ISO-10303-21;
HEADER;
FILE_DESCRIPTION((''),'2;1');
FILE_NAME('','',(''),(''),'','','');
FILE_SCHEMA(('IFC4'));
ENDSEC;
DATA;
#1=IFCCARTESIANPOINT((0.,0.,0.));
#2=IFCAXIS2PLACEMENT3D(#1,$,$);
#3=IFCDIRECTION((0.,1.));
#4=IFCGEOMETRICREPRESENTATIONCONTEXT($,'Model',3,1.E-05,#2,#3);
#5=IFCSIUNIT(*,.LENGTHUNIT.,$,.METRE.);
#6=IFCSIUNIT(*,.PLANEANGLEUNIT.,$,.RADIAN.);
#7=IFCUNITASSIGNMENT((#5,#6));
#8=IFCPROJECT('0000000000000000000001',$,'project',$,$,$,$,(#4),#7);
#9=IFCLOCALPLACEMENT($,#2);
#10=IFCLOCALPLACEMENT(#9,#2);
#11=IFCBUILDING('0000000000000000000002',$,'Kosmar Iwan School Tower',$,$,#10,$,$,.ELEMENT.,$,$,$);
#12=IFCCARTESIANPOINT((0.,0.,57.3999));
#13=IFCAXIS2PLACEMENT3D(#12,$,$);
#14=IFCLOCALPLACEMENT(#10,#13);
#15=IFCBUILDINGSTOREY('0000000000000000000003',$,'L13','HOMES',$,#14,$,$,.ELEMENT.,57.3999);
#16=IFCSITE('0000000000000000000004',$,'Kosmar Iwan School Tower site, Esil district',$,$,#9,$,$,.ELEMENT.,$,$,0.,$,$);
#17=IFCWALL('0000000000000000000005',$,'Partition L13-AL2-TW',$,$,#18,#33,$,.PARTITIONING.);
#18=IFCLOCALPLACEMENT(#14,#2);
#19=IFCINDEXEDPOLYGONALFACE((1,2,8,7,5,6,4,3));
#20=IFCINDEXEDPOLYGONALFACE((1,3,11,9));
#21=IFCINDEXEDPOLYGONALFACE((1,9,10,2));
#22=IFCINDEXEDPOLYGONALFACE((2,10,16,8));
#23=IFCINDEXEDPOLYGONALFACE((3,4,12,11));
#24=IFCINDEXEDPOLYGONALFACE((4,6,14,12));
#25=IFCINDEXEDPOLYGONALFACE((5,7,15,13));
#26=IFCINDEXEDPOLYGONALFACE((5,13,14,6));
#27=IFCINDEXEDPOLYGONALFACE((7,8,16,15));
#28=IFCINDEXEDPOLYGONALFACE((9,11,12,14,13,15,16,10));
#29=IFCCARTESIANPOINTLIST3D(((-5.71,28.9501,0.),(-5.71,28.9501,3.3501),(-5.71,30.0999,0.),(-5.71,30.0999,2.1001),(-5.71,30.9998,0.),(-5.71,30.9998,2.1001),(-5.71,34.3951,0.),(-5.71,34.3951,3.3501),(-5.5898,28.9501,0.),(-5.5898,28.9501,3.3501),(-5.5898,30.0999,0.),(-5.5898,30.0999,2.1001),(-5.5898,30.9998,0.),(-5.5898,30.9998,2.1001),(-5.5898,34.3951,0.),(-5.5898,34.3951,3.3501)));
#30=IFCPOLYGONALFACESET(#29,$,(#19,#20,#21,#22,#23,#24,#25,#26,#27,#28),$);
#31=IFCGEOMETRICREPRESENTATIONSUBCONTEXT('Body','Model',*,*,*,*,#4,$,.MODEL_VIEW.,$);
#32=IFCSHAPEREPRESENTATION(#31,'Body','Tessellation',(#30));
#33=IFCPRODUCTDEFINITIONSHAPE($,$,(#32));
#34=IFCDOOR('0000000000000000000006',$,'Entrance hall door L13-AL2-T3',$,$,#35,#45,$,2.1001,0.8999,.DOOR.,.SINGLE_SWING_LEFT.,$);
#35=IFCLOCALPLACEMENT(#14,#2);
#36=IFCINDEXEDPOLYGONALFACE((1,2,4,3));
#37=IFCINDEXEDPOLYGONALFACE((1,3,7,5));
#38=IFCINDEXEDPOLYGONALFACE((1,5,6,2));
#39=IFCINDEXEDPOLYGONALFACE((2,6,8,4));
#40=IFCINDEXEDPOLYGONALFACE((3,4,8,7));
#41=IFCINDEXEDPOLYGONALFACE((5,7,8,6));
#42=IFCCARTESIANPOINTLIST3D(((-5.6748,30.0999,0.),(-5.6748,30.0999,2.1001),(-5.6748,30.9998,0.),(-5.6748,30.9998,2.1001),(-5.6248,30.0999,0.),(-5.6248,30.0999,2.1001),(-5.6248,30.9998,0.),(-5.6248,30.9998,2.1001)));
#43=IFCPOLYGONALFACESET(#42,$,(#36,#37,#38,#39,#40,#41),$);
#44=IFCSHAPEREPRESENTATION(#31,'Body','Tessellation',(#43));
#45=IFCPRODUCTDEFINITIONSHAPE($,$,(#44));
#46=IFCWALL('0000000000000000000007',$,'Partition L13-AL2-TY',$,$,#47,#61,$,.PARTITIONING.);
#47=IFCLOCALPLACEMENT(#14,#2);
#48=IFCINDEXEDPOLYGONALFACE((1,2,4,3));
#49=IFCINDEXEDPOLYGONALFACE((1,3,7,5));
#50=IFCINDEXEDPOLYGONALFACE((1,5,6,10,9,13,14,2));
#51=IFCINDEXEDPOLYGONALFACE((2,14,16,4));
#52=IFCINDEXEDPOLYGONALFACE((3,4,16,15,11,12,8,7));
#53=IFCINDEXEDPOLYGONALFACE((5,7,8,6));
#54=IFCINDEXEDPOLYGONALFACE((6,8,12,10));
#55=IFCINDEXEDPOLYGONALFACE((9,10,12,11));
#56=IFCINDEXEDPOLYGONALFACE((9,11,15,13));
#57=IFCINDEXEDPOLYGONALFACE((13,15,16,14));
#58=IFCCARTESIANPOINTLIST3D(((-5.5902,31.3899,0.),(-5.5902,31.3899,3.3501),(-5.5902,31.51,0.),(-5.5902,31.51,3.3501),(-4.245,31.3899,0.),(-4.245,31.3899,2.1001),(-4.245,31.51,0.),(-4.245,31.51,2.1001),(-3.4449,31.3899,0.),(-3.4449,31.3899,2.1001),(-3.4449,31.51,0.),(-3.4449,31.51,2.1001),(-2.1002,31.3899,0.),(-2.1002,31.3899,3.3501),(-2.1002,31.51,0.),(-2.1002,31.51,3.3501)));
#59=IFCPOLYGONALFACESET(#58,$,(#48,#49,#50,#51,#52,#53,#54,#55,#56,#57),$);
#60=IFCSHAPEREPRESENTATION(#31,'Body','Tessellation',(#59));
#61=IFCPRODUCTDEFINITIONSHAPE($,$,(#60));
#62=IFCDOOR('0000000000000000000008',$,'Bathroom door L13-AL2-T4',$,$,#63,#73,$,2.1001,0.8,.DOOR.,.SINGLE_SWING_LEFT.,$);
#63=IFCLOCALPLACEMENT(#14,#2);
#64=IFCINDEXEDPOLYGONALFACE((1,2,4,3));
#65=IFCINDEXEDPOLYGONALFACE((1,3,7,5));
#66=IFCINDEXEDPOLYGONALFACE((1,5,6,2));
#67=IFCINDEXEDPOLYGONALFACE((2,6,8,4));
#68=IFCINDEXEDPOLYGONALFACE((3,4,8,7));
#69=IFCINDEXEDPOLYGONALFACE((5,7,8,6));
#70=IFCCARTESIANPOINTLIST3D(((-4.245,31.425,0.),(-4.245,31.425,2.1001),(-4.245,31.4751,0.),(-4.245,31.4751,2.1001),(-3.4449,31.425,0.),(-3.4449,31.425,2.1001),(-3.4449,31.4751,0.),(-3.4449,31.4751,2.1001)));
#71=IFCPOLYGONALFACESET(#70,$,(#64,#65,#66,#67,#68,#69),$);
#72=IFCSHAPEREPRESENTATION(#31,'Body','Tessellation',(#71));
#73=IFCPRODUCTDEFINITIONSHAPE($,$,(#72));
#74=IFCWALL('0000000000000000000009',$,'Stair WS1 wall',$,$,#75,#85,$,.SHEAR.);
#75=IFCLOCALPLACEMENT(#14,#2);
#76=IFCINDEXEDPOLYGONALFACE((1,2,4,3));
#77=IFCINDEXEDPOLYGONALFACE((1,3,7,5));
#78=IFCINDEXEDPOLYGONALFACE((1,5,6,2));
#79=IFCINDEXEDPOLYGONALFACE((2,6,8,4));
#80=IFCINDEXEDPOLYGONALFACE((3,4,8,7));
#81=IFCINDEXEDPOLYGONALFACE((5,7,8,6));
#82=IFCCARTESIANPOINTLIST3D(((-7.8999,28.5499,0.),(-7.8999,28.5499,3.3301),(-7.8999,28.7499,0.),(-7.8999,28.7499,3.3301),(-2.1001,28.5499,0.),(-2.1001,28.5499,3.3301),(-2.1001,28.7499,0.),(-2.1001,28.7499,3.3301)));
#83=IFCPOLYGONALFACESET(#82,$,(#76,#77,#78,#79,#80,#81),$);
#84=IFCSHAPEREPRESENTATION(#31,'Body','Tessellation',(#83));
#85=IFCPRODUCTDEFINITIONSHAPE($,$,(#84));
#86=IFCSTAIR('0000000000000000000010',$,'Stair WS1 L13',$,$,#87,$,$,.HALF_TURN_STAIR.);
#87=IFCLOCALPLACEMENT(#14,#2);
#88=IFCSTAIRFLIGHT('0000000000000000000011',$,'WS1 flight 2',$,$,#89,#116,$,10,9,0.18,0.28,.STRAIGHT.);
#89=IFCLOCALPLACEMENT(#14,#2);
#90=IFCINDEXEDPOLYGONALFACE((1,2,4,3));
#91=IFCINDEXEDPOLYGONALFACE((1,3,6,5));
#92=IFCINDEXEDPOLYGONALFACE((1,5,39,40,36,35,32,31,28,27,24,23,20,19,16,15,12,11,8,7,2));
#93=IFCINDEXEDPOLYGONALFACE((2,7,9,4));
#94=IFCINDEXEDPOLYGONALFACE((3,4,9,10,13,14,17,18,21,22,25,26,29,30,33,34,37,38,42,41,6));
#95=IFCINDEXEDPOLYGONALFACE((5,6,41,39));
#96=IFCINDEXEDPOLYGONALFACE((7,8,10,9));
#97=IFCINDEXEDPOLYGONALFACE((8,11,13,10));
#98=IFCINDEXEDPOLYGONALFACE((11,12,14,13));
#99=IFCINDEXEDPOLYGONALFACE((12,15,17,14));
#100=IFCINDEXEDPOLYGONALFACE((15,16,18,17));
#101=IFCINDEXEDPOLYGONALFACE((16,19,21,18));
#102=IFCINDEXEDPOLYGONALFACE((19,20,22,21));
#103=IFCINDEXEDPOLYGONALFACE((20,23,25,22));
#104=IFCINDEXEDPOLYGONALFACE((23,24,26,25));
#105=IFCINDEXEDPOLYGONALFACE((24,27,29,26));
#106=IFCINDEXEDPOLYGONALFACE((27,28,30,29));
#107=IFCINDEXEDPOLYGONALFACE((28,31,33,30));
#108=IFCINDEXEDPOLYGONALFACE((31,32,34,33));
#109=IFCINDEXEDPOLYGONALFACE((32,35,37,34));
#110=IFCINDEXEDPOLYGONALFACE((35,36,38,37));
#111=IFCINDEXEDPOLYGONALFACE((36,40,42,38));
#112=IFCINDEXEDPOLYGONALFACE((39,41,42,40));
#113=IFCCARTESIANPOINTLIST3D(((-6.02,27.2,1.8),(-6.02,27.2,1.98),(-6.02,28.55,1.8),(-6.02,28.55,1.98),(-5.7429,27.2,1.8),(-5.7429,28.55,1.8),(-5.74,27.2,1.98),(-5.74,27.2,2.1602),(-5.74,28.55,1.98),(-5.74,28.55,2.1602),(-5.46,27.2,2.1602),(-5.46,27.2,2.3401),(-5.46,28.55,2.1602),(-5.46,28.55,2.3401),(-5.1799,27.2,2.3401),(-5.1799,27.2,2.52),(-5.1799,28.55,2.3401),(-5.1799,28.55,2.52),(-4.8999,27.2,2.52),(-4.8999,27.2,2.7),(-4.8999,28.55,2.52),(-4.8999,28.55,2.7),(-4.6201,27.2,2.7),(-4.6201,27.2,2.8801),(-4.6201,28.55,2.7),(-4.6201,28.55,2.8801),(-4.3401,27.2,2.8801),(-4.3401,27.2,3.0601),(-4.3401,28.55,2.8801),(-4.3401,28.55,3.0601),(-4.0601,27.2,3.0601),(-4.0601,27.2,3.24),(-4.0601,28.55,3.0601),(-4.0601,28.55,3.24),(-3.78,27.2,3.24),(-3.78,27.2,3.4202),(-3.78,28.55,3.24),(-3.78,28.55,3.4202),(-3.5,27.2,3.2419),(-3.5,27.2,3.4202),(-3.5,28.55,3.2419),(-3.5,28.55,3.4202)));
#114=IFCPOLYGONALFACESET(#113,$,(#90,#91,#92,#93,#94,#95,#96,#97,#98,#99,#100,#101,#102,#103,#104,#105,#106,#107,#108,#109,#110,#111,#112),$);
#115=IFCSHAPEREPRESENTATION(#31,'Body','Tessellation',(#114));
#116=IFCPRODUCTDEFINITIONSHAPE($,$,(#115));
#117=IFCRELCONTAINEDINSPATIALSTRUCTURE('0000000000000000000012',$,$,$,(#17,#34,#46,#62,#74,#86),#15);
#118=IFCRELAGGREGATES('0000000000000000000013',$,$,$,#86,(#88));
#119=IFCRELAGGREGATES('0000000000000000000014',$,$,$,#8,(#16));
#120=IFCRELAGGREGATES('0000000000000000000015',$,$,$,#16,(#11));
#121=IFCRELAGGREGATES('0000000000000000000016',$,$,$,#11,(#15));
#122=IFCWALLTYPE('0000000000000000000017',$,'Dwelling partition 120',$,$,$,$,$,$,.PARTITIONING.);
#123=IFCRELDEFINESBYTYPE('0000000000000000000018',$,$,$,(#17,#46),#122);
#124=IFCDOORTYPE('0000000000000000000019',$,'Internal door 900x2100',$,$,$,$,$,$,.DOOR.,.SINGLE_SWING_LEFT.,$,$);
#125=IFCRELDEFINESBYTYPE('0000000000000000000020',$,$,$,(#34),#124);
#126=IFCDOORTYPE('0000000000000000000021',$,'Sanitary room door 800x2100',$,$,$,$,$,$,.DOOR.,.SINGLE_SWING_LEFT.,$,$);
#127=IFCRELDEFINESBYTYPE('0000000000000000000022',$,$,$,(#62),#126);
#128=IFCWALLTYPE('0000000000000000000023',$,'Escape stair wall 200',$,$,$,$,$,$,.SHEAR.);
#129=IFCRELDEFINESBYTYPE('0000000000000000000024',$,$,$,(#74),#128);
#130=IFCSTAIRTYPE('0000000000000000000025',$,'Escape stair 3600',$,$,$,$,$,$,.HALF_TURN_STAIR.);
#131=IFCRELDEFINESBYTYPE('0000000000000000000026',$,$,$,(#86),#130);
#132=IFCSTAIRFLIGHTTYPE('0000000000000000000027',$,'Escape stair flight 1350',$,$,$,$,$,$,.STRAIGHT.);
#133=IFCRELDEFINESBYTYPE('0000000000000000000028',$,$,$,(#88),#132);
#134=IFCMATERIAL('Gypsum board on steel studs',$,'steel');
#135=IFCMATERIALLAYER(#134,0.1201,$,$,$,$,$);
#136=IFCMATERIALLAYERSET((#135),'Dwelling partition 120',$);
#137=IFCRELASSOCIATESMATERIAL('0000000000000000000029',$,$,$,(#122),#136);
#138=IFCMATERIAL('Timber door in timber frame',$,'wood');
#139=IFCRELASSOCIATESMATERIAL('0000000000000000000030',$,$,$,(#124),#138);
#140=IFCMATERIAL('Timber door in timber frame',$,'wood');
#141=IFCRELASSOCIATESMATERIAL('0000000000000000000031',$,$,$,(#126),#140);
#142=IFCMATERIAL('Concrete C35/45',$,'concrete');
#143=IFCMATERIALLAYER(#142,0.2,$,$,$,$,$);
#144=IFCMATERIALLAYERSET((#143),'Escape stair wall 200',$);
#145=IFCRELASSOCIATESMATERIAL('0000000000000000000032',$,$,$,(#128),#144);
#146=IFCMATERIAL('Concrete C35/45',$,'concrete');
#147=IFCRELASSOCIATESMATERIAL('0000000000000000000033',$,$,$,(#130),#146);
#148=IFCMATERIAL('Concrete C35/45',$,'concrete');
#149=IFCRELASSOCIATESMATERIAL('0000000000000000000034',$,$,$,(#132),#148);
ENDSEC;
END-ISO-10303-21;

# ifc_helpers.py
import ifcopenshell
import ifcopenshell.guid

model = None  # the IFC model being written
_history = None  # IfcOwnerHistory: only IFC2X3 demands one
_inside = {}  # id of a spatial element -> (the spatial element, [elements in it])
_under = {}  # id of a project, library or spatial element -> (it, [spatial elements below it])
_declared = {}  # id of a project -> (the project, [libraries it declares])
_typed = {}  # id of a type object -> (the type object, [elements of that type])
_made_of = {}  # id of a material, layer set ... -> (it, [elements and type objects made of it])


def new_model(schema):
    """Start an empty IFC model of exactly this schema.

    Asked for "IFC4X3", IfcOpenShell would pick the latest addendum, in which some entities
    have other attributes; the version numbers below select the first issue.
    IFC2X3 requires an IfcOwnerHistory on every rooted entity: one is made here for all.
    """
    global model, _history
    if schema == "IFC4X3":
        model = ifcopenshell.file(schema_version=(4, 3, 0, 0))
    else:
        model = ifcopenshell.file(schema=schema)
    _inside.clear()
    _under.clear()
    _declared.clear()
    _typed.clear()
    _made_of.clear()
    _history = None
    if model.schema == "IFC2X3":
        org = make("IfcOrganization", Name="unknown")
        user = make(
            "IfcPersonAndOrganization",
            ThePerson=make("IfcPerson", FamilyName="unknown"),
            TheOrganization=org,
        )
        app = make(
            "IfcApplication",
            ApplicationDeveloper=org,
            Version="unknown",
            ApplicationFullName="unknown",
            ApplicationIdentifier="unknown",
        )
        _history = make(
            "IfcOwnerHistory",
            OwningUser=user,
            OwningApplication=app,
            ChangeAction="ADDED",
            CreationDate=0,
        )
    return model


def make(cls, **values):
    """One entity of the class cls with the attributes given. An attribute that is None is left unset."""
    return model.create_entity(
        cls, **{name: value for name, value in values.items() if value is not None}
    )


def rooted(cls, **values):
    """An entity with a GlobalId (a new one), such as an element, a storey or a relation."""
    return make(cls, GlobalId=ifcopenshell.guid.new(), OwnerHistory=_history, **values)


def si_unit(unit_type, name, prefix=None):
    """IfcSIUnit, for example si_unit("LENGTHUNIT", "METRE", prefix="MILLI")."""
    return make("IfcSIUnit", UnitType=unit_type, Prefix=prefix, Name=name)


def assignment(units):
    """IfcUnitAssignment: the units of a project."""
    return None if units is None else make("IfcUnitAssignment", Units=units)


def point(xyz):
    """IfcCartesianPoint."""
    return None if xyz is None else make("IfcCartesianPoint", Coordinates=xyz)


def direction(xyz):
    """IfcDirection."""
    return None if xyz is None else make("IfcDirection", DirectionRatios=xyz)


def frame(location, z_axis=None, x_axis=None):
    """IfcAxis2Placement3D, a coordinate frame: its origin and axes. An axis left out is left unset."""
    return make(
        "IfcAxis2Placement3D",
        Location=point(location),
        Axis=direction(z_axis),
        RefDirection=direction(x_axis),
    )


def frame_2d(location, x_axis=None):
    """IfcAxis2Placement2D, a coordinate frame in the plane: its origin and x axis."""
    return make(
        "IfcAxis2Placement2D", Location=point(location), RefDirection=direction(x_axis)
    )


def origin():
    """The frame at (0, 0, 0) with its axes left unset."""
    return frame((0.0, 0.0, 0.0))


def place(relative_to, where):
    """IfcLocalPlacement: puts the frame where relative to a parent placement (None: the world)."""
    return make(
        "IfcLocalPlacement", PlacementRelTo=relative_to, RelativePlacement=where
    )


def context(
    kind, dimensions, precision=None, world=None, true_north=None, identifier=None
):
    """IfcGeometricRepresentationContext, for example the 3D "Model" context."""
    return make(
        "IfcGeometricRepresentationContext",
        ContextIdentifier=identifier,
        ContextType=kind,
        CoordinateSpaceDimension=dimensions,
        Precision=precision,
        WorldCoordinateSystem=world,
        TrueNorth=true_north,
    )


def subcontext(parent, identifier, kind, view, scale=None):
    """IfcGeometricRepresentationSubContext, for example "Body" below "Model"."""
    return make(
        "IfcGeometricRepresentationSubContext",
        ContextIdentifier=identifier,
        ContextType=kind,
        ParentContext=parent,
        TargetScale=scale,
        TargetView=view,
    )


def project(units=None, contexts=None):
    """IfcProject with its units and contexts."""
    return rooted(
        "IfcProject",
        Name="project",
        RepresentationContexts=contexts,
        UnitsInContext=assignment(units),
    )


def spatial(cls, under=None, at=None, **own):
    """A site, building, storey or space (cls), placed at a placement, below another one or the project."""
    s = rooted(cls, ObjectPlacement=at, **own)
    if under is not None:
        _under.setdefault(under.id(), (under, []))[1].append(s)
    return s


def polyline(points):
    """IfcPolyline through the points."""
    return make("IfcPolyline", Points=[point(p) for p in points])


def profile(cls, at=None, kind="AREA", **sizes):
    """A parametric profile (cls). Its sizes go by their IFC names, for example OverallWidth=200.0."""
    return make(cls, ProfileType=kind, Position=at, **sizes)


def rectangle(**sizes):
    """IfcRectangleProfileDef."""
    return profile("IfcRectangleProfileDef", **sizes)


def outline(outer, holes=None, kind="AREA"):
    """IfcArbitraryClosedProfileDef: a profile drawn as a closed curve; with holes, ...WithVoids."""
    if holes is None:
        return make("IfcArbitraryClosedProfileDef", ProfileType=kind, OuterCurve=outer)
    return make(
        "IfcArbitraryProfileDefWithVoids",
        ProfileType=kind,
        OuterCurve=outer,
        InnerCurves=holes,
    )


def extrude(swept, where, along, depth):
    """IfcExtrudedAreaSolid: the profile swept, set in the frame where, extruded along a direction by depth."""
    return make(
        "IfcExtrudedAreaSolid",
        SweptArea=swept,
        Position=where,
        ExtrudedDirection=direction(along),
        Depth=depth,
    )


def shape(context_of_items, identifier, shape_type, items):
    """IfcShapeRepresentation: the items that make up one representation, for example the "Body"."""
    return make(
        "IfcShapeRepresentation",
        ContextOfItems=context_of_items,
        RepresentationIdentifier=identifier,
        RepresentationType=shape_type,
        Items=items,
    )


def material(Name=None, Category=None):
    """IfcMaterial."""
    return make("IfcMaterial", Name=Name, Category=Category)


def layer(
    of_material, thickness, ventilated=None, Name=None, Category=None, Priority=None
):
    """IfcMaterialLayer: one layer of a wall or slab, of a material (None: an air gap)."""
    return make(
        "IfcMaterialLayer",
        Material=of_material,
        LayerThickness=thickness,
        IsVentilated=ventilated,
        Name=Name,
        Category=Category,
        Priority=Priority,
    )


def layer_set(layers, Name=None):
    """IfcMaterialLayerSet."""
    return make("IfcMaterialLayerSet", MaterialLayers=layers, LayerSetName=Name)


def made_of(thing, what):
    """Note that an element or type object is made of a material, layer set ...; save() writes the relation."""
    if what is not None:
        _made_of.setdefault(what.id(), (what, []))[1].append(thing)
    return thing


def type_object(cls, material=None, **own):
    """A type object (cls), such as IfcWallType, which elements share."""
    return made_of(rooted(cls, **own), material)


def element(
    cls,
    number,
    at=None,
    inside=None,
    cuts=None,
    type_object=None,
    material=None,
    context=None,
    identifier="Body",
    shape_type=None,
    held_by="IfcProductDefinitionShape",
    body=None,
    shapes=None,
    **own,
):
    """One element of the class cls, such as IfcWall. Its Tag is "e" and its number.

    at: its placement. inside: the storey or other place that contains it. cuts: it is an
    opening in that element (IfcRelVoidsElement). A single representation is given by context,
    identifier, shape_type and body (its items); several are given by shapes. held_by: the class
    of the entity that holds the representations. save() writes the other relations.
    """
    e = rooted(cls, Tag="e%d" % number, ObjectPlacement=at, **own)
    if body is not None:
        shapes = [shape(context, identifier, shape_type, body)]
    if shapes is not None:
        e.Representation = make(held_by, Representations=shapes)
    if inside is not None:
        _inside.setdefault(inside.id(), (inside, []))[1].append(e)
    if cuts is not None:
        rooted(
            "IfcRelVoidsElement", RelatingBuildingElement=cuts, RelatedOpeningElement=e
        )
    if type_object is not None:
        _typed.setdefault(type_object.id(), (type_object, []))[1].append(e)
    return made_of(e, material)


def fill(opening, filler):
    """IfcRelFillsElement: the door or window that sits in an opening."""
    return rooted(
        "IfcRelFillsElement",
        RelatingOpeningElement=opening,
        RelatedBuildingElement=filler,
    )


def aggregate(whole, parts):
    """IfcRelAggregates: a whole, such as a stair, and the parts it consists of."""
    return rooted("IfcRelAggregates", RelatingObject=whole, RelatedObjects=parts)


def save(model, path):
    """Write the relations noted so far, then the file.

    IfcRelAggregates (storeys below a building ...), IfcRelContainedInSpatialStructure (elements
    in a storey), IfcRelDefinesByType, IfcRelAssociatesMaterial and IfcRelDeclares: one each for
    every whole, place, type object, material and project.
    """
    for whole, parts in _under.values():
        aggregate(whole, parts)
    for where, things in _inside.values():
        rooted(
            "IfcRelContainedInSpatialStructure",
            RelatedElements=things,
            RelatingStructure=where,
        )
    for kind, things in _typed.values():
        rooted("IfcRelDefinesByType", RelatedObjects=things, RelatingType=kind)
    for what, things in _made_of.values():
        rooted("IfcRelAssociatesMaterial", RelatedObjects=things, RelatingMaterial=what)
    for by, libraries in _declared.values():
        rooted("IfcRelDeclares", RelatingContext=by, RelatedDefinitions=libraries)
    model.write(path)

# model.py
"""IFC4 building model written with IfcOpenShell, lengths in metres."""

from ifc_helpers import new_model, si_unit, direction, frame, frame_2d, origin, place, context, subcontext, project, spatial, polyline, rectangle, outline, extrude, material, layer, layer_set, type_object, element, fill, aggregate, save


model = new_model("IFC4")

# Units and contexts
model_context = context("Model", 3, precision=1e-05, world=origin(), true_north=direction((0.0, 1.0)))
body_context = subcontext(model_context, "Body", "Model", "MODEL_VIEW")
ifc_project = project(units=[si_unit("LENGTHUNIT", "METRE"), si_unit("PLANEANGLEUNIT", "RADIAN")], contexts=[model_context])

# Site, building, storey
site_placement = place(None, origin())
site = spatial("IfcSite", under=ifc_project, at=site_placement, Name="Kosmar Iwan School Tower site, Esil district", CompositionType="ELEMENT", RefElevation=0.0)
building_placement = place(site_placement, origin())
building = spatial("IfcBuilding", under=site, at=building_placement, Name="Kosmar Iwan School Tower", CompositionType="ELEMENT")
storey_placement = place(building_placement, frame((0.0, 0.0, 57.3999)))
storey = spatial("IfcBuildingStorey", under=building, at=storey_placement, Name="L13", Description="HOMES", CompositionType="ELEMENT", Elevation=57.3999)

# Walls, openings, doors
ifc_material_1 = material(Name="Gypsum board on steel studs", Category="steel")
ifc_layer_1 = layer(ifc_material_1, 0.1201)
ifc_layer_set_1 = layer_set([ifc_layer_1], Name="Dwelling partition 120")
wall_type_1 = type_object("IfcWallType", Name="Dwelling partition 120", PredefinedType="PARTITIONING", material=ifc_layer_set_1)
ifc_material_2 = material(Name="Timber door in timber frame", Category="wood")
door_type_1 = type_object("IfcDoorType", Name="Internal door 900x2100", OperationType="SINGLE_SWING_LEFT", PredefinedType="DOOR", material=ifc_material_2)
wall_1_placement = place(storey_placement, frame((-5.6499, 28.95, 0.0), z_axis=(0.0, 0.0, 1.0), x_axis=(0.0, 1.0, 0.0)))
wall_1 = element("IfcWall", 1, at=wall_1_placement, inside=storey, type_object=wall_type_1, Name="Partition L13-AL2-TW", PredefinedType="PARTITIONING", context=body_context, shape_type="SweptSolid", body=[
    extrude(rectangle(XDim=5.4451, YDim=0.1201, at=frame_2d((2.7227, 0.0))), origin(), (0.0, 0.0, 1.0), 3.3501),
])
opening_1_placement = place(wall_1_placement, frame((1.1499, 0.0, 0.0)))
opening_1 = element("IfcOpeningElement", 2, at=opening_1_placement, cuts=wall_1, PredefinedType="OPENING", context=body_context, shape_type="SweptSolid", body=[
    extrude(rectangle(XDim=0.8999, YDim=2.1001, at=frame_2d((0.45, 1.05))), frame((0.0, 0.072, 0.0), z_axis=(0.0, -1.0, 0.0), x_axis=(1.0, 0.0, 0.0)), (0.0, 0.0, 1.0), 0.144),
])
door_1_placement = place(opening_1_placement, origin())
door_1 = element("IfcDoor", 3, at=door_1_placement, inside=storey, type_object=door_type_1, Name="Entrance hall door L13-AL2-T3", OperationType="SINGLE_SWING_LEFT", OverallHeight=2.1001, OverallWidth=0.8999, PredefinedType="DOOR", context=body_context, shape_type="SweptSolid", body=[
    extrude(rectangle(XDim=0.8999, YDim=2.1001, at=frame_2d((0.45, 1.05))), frame((0.0, 0.0249, 0.0), z_axis=(0.0, -1.0, 0.0), x_axis=(1.0, 0.0, 0.0)), (0.0, 0.0, 1.0), 0.05),
])
fill(opening_1, door_1)
wall_2_placement = place(storey_placement, frame((-2.1001, 31.45, 0.0), z_axis=(0.0, 0.0, 1.0), x_axis=(-1.0, 0.0, 0.0)))
wall_2 = element("IfcWall", 4, at=wall_2_placement, inside=storey, type_object=wall_type_1, Name="Partition L13-AL2-TY", PredefinedType="PARTITIONING", context=body_context, shape_type="SweptSolid", body=[
    extrude(rectangle(XDim=3.49, YDim=0.1201, at=frame_2d((1.7451, 0.0))), origin(), (0.0, 0.0, 1.0), 3.3501),
])
opening_2_placement = place(wall_2_placement, frame((1.345, 0.0, 0.0)))
opening_2 = element("IfcOpeningElement", 5, at=opening_2_placement, cuts=wall_2, PredefinedType="OPENING", context=body_context, shape_type="SweptSolid", body=[
    extrude(rectangle(XDim=0.8, YDim=2.1001, at=frame_2d((0.3999, 1.05))), frame((0.0, 0.072, 0.0), z_axis=(0.0, -1.0, 0.0), x_axis=(1.0, 0.0, 0.0)), (0.0, 0.0, 1.0), 0.144),
])
ifc_material_3 = material(Name="Timber door in timber frame", Category="wood")
door_type_2 = type_object("IfcDoorType", Name="Sanitary room door 800x2100", OperationType="SINGLE_SWING_LEFT", PredefinedType="DOOR", material=ifc_material_3)
door_2_placement = place(opening_2_placement, origin())
door_2 = element("IfcDoor", 6, at=door_2_placement, inside=storey, type_object=door_type_2, Name="Bathroom door L13-AL2-T4", OperationType="SINGLE_SWING_LEFT", OverallHeight=2.1001, OverallWidth=0.8, PredefinedType="DOOR", context=body_context, shape_type="SweptSolid", body=[
    extrude(rectangle(XDim=0.8, YDim=2.1001, at=frame_2d((0.3999, 1.05))), frame((0.0, 0.0249, 0.0), z_axis=(0.0, -1.0, 0.0), x_axis=(1.0, 0.0, 0.0)), (0.0, 0.0, 1.0), 0.05),
])
fill(opening_2, door_2)

# Wall
ifc_material_4 = material(Name="Concrete C35/45", Category="concrete")
ifc_layer_2 = layer(ifc_material_4, 0.2)
ifc_layer_set_2 = layer_set([ifc_layer_2], Name="Escape stair wall 200")
wall_type_2 = type_object("IfcWallType", Name="Escape stair wall 200", PredefinedType="SHEAR", material=ifc_layer_set_2)
wall_3_placement = place(storey_placement, frame((-2.1001, 28.6499, 0.0), z_axis=(0.0, 0.0, 1.0), x_axis=(-1.0, 0.0, 0.0)))
element("IfcWall", 7, at=wall_3_placement, inside=storey, type_object=wall_type_2, Name="Stair WS1 wall", PredefinedType="SHEAR", context=body_context, shape_type="SweptSolid", body=[
    extrude(rectangle(XDim=5.7998, YDim=0.2, at=frame_2d((2.8999, 0.0))), origin(), (0.0, 0.0, 1.0), 3.3301),
])

# Stair, stair flight
ifc_material_5 = material(Name="Concrete C35/45", Category="concrete")
stair_type = type_object("IfcStairType", Name="Escape stair 3600", PredefinedType="HALF_TURN_STAIR", material=ifc_material_5)
stair_placement = place(storey_placement, origin())
stair = element("IfcStair", 8, at=stair_placement, inside=storey, type_object=stair_type, Name="Stair WS1 L13", PredefinedType="HALF_TURN_STAIR")
ifc_material_6 = material(Name="Concrete C35/45", Category="concrete")
stair_flight_type = type_object("IfcStairFlightType", Name="Escape stair flight 1350", PredefinedType="STRAIGHT", material=ifc_material_6)
stair_flight_placement = place(storey_placement, frame((-6.02, 27.875, 1.8), z_axis=(0.0, 0.0, 1.0), x_axis=(1.0, 0.0, 0.0)))
stair_flight = element("IfcStairFlight", 9, at=stair_flight_placement, type_object=stair_flight_type, Name="WS1 flight 2", NumberOfRisers=10, NumberOfTreads=9, PredefinedType="STRAIGHT", RiserHeight=0.18, TreadLength=0.28, context=body_context, shape_type="SweptSolid", body=[
    extrude(outline(polyline([(0.0, 0.0), (0.0, 0.1799), (0.28, 0.1799), (0.28, 0.3601), (0.5601, 0.3601), (0.5601, 0.54), (0.8401, 0.54), (0.8401, 0.72), (1.1201, 0.72), (1.1201, 0.8999), (1.3999, 0.8999), (1.3999, 1.0801), (1.6799, 1.0801), (1.6799, 1.26), (1.96, 1.26), (1.96, 1.4399), (2.24, 1.4399), (2.24, 1.6201), (2.52, 1.6201), (2.52, 1.8), (2.52, 1.4419), (0.2771, 0.0), (0.0, 0.0)])), frame((0.0, 0.675, 0.0), z_axis=(0.0, -1.0, 0.0), x_axis=(1.0, 0.0, 0.0)), (0.0, 0.0, 1.0), 1.3501),
])
aggregate(stair, [stair_flight])

save(model, "model.ifc")
